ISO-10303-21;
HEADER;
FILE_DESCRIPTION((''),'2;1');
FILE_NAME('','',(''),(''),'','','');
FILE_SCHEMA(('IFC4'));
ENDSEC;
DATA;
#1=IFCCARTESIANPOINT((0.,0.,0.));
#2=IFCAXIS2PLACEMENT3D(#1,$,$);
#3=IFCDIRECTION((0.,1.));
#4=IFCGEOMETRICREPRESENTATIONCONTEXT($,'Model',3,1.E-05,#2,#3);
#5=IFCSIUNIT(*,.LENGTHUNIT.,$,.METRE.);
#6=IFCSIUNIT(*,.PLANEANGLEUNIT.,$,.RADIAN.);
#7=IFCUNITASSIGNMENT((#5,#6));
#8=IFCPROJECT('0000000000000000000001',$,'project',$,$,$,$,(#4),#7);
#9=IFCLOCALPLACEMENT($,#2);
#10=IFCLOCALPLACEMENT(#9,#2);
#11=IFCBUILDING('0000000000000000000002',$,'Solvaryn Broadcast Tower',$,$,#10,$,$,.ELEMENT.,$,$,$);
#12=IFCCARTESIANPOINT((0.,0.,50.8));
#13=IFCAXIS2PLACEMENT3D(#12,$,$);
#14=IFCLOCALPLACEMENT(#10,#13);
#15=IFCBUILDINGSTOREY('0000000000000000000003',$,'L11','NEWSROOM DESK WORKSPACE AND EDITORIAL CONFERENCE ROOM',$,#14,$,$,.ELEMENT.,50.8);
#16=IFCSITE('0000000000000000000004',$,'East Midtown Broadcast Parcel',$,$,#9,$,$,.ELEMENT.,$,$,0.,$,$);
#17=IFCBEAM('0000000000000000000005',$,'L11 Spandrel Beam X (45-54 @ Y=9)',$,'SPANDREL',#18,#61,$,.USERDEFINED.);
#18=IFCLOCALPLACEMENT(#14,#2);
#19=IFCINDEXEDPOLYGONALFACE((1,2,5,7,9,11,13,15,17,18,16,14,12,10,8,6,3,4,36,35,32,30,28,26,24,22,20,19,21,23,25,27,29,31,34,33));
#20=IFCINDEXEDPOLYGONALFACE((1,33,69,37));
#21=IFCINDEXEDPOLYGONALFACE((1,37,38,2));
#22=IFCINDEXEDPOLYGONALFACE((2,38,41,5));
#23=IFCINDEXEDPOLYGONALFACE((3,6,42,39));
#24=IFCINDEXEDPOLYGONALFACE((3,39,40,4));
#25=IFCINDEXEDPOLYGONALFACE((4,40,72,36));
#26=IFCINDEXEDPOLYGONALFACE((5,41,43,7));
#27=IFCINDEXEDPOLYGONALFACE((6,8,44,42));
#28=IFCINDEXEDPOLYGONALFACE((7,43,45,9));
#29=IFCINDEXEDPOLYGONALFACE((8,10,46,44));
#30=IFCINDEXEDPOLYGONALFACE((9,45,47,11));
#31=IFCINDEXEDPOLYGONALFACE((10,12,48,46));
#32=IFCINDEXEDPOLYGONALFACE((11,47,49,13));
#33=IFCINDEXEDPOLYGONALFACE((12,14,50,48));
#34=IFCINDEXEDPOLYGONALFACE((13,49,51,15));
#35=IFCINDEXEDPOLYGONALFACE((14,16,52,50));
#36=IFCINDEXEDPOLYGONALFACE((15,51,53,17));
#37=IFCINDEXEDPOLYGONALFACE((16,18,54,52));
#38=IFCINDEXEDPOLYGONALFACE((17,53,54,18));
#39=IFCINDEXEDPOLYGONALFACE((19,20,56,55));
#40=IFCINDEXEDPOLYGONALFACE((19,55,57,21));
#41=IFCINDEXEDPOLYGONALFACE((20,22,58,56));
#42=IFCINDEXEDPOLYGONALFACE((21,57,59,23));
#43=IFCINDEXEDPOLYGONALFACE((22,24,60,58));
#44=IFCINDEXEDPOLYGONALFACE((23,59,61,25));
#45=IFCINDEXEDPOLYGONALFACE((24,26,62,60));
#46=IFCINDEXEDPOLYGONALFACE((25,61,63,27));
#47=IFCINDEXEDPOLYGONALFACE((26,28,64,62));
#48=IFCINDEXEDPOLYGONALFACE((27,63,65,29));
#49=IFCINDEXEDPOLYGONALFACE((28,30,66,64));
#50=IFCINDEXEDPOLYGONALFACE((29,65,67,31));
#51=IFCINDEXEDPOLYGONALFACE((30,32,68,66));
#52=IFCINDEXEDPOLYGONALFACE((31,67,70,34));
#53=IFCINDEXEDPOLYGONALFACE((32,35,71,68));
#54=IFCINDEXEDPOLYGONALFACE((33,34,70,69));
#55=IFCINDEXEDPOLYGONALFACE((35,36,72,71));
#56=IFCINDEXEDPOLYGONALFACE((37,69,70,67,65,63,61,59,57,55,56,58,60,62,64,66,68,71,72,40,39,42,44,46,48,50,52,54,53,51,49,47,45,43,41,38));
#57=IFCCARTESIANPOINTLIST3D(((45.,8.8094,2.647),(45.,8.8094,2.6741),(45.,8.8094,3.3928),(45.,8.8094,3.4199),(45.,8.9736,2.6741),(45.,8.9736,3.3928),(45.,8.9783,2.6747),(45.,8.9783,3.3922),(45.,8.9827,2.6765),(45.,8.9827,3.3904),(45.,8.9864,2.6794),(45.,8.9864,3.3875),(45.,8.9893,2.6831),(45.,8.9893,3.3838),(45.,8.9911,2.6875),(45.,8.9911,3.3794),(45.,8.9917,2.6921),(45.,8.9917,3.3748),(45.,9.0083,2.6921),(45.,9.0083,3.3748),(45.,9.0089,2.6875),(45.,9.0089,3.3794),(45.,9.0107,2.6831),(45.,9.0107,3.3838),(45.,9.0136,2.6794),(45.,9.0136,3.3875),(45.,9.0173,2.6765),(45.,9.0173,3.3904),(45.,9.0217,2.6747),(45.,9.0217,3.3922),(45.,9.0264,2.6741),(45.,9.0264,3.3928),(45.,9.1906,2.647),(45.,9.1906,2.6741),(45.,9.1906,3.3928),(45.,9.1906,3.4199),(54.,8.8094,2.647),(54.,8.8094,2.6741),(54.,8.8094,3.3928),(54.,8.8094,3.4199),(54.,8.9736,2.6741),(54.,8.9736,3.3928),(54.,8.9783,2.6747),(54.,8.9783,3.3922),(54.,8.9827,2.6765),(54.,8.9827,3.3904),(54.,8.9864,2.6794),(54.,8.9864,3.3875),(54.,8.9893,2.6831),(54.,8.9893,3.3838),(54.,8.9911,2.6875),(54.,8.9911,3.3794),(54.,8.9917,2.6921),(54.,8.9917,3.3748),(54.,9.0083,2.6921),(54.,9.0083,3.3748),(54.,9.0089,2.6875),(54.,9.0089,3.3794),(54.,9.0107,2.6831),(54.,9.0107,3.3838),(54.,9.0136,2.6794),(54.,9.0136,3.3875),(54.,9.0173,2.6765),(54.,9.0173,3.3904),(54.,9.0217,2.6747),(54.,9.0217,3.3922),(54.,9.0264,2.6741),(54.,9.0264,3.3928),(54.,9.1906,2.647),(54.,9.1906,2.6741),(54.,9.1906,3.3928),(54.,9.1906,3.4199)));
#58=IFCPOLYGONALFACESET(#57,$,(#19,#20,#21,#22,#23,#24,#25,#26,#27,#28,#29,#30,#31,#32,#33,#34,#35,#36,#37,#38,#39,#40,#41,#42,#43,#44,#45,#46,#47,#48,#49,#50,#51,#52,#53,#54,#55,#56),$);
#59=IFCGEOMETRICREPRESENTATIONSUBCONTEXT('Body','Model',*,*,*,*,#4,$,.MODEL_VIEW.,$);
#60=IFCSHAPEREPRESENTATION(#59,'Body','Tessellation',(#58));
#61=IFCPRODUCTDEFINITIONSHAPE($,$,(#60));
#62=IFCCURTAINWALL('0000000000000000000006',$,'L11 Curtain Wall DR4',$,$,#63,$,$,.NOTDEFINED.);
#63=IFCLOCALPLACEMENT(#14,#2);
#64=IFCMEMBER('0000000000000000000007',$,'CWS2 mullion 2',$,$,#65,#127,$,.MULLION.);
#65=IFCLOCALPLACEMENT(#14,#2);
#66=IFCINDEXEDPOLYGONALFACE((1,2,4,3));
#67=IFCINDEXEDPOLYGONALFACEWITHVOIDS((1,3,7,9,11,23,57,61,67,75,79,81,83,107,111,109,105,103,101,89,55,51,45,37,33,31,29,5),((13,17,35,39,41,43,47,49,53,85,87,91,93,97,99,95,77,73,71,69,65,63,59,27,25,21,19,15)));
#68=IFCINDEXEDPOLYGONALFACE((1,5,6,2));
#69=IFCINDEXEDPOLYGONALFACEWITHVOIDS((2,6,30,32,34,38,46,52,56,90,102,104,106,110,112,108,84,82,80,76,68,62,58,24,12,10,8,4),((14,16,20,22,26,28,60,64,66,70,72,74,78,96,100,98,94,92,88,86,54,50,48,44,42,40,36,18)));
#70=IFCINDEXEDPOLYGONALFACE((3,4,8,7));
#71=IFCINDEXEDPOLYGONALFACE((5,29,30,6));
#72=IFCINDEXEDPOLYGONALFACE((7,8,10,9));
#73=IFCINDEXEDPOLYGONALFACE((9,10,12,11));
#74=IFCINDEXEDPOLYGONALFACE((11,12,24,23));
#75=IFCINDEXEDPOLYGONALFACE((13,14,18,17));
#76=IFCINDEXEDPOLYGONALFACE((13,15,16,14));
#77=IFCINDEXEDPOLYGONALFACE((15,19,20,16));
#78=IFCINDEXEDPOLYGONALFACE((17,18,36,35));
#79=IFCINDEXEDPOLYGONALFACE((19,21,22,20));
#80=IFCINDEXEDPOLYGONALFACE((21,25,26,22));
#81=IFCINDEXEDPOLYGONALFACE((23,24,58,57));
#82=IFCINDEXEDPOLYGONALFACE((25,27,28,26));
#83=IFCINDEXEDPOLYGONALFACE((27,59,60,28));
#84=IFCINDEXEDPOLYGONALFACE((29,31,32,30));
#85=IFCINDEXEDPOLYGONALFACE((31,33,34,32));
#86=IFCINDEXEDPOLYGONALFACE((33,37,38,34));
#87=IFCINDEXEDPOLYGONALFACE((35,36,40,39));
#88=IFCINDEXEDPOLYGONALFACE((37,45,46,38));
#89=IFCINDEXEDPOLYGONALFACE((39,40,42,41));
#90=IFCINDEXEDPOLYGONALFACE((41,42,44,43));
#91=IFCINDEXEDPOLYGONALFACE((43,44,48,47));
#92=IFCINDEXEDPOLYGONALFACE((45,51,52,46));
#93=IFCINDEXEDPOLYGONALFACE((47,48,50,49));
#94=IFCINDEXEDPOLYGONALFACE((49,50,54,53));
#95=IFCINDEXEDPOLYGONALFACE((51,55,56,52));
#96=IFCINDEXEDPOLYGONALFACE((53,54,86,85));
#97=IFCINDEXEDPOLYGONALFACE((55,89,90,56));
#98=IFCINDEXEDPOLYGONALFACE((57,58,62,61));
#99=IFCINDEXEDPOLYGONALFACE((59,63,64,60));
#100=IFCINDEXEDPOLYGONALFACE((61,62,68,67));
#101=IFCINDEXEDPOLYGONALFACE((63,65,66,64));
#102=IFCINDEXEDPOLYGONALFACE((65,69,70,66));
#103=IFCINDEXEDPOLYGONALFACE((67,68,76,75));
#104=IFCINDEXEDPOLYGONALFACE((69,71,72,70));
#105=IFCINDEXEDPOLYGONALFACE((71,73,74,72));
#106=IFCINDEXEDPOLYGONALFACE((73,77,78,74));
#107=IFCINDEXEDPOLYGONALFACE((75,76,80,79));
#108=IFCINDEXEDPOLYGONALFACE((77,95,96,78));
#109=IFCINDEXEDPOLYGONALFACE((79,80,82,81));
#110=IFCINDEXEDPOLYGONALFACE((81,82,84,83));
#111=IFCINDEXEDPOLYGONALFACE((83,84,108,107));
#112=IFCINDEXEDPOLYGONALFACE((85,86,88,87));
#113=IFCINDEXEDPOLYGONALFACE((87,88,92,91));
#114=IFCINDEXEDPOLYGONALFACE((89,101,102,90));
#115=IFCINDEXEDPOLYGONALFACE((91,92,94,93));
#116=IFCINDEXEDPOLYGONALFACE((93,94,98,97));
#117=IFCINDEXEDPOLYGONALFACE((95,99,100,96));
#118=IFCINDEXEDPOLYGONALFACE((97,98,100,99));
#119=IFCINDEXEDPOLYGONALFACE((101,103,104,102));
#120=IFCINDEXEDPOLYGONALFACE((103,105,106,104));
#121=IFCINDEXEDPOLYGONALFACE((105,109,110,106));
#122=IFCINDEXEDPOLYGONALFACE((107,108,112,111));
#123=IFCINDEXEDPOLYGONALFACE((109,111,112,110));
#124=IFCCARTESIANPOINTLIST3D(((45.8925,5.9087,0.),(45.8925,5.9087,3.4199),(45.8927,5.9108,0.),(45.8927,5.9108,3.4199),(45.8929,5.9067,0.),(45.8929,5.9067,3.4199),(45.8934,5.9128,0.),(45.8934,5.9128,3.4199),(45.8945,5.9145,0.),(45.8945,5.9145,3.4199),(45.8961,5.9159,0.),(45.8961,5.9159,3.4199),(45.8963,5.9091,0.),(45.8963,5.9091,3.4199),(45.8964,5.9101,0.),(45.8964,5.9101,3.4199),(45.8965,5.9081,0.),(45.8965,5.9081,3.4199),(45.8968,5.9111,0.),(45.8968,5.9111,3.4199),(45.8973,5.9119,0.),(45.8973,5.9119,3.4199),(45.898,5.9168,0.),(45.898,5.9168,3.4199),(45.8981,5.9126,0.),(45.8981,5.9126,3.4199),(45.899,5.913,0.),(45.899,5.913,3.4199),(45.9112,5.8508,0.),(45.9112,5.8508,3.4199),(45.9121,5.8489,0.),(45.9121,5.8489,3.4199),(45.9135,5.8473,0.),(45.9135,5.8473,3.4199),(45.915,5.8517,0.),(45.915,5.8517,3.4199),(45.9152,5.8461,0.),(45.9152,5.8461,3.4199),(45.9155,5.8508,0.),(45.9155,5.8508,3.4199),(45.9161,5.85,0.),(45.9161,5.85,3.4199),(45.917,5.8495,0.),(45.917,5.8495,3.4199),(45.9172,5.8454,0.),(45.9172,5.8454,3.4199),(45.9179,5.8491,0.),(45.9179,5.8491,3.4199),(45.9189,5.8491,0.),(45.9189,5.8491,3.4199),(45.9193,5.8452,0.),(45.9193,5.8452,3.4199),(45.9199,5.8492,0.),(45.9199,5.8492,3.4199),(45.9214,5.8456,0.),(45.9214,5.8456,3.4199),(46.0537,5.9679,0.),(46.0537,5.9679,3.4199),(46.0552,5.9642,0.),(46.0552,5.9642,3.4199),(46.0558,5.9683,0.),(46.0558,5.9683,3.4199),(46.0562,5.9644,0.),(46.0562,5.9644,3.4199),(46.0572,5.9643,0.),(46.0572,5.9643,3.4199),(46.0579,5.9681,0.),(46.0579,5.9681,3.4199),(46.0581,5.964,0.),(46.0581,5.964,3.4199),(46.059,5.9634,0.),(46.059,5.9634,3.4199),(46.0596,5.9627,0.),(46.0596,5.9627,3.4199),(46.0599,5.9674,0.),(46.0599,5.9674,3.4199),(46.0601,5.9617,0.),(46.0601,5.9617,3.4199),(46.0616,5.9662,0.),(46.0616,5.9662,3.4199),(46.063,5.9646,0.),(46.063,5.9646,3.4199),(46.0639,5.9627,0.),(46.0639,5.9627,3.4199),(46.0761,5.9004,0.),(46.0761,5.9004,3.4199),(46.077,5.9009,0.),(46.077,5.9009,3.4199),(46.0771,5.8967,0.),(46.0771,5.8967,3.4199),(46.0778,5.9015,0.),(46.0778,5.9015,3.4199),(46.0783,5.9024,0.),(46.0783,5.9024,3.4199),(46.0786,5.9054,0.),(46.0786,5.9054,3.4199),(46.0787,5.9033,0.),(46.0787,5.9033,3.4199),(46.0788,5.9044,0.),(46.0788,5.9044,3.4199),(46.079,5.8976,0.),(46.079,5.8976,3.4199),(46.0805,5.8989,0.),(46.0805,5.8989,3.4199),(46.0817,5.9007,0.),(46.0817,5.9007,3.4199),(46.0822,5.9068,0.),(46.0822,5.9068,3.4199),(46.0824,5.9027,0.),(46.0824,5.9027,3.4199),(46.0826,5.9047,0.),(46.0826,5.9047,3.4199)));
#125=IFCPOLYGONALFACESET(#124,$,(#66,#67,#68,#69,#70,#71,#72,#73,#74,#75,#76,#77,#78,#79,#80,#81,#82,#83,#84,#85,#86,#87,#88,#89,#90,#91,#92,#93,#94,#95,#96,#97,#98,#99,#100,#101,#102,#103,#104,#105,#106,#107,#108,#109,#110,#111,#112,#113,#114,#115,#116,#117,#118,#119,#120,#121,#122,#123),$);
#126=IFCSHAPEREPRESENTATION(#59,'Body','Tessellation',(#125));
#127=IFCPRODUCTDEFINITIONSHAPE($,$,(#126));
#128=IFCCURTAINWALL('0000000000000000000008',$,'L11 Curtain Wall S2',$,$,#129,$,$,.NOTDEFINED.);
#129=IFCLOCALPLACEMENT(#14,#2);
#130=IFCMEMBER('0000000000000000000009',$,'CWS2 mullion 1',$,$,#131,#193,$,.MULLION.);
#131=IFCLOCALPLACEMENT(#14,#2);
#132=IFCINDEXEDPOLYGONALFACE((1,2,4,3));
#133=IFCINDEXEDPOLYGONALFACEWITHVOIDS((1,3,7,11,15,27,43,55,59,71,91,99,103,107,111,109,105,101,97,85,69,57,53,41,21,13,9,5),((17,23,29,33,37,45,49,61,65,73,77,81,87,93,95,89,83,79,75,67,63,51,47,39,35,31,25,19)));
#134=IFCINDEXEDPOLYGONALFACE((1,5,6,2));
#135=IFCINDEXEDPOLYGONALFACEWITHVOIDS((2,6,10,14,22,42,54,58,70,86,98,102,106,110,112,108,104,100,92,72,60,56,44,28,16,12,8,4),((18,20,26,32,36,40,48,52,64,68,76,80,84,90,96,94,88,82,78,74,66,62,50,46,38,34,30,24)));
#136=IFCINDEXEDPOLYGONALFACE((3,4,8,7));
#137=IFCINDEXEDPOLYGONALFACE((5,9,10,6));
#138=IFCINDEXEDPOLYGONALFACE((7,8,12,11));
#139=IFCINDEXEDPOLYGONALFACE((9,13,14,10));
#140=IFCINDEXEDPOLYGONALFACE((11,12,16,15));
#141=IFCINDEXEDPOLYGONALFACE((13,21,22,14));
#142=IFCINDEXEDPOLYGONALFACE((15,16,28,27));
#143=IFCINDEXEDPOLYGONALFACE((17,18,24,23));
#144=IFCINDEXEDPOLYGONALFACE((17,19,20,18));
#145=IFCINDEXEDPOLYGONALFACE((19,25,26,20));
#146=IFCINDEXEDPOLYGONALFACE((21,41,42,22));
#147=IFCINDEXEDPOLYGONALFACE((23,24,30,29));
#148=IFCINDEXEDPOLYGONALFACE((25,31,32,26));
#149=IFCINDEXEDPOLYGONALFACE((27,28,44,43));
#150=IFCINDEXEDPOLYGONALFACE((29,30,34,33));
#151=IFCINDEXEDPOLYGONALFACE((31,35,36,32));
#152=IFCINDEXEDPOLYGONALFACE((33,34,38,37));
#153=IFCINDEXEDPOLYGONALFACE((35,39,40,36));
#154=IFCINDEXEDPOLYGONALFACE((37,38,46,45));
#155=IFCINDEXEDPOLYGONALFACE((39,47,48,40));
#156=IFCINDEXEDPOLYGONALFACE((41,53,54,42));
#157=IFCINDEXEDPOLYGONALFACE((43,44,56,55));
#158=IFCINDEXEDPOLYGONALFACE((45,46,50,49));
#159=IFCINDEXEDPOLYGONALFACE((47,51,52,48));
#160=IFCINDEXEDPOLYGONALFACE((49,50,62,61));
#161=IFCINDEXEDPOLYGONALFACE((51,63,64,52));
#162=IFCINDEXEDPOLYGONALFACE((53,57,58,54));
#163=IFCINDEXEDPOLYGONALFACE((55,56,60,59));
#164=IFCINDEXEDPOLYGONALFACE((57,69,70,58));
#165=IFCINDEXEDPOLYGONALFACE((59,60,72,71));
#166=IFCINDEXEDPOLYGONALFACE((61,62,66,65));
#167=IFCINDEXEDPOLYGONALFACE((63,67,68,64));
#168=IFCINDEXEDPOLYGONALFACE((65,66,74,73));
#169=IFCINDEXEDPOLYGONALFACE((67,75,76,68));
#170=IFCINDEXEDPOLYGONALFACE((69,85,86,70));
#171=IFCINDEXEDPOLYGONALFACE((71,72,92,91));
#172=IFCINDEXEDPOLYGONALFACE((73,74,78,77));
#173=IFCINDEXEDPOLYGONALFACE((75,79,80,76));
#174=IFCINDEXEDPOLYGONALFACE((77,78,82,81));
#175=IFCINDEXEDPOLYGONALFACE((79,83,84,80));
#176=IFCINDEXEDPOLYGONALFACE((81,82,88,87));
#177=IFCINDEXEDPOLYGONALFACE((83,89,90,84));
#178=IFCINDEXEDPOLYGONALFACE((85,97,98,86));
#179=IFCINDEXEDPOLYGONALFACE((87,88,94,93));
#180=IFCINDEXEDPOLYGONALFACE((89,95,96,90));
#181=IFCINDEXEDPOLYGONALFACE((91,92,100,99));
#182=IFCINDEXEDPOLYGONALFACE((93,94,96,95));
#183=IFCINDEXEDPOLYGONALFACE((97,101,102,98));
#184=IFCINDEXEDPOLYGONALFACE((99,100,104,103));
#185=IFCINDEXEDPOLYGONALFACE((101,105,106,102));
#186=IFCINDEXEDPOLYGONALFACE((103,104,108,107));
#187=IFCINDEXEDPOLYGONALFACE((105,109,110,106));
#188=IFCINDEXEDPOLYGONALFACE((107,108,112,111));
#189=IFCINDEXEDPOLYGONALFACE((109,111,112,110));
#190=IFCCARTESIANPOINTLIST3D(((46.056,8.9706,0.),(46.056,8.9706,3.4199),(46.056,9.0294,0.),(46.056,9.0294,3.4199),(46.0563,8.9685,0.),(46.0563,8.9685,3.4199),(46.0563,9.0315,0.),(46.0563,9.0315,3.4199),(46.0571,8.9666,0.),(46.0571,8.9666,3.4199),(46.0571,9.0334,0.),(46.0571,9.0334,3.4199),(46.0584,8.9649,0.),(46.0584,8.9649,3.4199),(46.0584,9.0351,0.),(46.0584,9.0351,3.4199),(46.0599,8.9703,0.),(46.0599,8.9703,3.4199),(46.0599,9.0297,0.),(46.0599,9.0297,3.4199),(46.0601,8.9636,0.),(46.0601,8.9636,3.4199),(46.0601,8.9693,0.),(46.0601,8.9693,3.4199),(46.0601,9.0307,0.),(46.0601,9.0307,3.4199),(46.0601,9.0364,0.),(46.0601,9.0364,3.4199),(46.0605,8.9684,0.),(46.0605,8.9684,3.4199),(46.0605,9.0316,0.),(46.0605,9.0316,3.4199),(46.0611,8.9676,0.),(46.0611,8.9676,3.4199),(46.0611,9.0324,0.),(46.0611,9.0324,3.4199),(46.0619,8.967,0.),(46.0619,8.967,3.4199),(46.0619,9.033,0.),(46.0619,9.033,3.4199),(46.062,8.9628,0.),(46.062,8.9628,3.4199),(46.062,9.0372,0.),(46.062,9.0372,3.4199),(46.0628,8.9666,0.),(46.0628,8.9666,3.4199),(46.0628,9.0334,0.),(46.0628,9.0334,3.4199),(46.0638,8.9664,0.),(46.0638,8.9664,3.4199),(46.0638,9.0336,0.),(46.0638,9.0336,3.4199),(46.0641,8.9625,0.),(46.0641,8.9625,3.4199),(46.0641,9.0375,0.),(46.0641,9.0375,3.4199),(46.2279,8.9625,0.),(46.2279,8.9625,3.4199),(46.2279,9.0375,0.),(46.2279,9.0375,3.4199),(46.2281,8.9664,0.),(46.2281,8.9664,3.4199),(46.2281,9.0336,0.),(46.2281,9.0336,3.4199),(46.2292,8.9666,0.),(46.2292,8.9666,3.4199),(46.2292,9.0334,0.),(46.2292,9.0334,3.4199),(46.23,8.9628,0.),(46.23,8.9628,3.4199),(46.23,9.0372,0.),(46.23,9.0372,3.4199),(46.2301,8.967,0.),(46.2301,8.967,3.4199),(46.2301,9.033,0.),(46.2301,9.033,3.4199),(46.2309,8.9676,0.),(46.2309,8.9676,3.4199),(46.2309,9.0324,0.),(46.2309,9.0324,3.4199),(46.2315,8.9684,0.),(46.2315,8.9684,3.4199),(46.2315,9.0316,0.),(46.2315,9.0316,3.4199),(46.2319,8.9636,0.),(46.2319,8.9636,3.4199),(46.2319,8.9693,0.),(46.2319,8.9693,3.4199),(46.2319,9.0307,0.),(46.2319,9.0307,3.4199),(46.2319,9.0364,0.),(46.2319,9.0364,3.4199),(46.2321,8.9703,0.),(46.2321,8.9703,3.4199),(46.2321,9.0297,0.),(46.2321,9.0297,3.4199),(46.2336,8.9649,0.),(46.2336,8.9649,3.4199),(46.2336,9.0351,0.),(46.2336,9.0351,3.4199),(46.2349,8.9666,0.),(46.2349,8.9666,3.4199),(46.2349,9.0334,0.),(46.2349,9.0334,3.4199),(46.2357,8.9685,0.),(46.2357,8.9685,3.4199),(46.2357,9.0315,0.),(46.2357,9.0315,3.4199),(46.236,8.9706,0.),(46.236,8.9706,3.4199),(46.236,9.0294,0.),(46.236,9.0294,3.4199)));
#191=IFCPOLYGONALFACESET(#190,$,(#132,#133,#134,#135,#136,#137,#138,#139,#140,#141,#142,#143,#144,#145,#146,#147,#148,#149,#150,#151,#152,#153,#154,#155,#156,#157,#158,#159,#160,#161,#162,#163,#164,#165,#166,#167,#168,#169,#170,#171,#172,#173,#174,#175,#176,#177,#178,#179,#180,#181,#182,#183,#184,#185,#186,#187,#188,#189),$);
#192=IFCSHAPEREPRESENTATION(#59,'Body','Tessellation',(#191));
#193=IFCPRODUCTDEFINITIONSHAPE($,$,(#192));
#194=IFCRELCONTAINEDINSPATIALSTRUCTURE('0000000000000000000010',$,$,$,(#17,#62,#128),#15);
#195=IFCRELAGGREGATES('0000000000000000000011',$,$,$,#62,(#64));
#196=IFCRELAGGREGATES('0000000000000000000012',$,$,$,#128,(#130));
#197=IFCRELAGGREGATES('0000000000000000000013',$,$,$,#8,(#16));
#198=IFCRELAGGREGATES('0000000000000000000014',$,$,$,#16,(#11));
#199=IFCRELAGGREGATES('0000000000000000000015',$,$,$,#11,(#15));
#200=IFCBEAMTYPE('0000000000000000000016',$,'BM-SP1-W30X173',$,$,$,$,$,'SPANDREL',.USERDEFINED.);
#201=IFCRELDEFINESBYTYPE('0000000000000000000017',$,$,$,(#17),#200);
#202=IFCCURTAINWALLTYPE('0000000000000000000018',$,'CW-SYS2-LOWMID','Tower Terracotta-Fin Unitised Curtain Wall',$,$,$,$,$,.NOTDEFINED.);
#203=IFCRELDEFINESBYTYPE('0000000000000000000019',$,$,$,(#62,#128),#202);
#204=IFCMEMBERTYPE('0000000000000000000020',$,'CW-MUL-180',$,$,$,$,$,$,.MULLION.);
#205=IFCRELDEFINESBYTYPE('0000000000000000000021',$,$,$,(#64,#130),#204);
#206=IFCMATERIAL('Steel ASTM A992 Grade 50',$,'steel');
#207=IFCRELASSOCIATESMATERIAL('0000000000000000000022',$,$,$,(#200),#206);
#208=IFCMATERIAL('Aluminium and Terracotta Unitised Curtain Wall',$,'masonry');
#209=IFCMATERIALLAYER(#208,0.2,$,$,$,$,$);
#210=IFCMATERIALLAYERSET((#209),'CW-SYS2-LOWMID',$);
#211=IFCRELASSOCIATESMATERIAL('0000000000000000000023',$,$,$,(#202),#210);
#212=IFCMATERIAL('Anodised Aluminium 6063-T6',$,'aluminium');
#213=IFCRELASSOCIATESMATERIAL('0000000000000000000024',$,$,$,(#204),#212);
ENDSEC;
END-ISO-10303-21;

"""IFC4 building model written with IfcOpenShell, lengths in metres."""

from ifc_helpers import new_model, si_unit, direction, frame, origin, origin_2d, place, context, subcontext, project, spatial, hollow_rectangle, i_section, extrude, material, layer, layer_set, material_profile, profile_set, type_object, element, aggregate, save


model = new_model("IFC4")

# Units and contexts
model_context = context("Model", 3, precision=1e-05, world=origin(), true_north=direction((0.0, 1.0)))
body_context = subcontext(model_context, "Body", "Model", "MODEL_VIEW")
ifc_project = project(units=[si_unit("LENGTHUNIT", "METRE"), si_unit("PLANEANGLEUNIT", "RADIAN")], contexts=[model_context])

# Site, building, storey
site_placement = place(None, origin())
site = spatial("IfcSite", under=ifc_project, at=site_placement, Name="East Midtown Broadcast Parcel", CompositionType="ELEMENT", RefElevation=0.0)
building_placement = place(site_placement, origin())
building = spatial("IfcBuilding", under=site, at=building_placement, Name="Solvaryn Broadcast Tower", CompositionType="ELEMENT")
storey_placement = place(building_placement, frame((0.0, 0.0, 50.8)))
storey = spatial("IfcBuildingStorey", under=building, at=storey_placement, Name="L11", Description="NEWSROOM DESK WORKSPACE AND EDITORIAL CONFERENCE ROOM", CompositionType="ELEMENT", Elevation=50.8)

# Beam
ifc_material_1 = material(Name="Steel ASTM A992 Grade 50", Category="steel")
ifc_material_profile_1 = material_profile(ifc_material_1, i_section(OverallWidth=0.3811, OverallDepth=0.7729, WebThickness=0.0166, FlangeThickness=0.0271, FilletRadius=0.0181, at=origin_2d()))
ifc_profile_set_1 = profile_set([ifc_material_profile_1], Name="Steel ASTM A992 Grade 50")
beam_type_1 = type_object("IfcBeamType", Name="BM-SP1-W30X173", ElementType="SPANDREL", PredefinedType="USERDEFINED", material=ifc_profile_set_1)
beam_1_placement = place(storey_placement, frame((45.0, 9.0, 3.0334), z_axis=(1.0, 0.0, 0.0), x_axis=(0.0, 1.0, 0.0)))
element("IfcBeam", 1, at=beam_1_placement, inside=storey, type_object=beam_type_1, Name="L11 Spandrel Beam X (45-54 @ Y=9)", ObjectType="SPANDREL", PredefinedType="USERDEFINED", context=body_context, shape_type="SweptSolid", body=[
    extrude(i_section(OverallWidth=0.3811, OverallDepth=0.7729, WebThickness=0.0166, FlangeThickness=0.0271, FilletRadius=0.0181, at=origin_2d()), origin(), (0.0, 0.0, 1.0), 9.0),
])

# Curtain wall, member
ifc_material_2 = material(Name="Aluminium and Terracotta Unitised Curtain Wall", Category="masonry")
ifc_layer_1 = layer(ifc_material_2, 0.2)
ifc_layer_set_1 = layer_set([ifc_layer_1], Name="CW-SYS2-LOWMID")
curtain_wall_type = type_object("IfcCurtainWallType", Name="CW-SYS2-LOWMID", Description="Tower Terracotta-Fin Unitised Curtain Wall", PredefinedType="NOTDEFINED", material=ifc_layer_set_1)
curtain_wall_1_placement = place(storey_placement, origin())
curtain_wall_1 = element("IfcCurtainWall", 2, at=curtain_wall_1_placement, inside=storey, type_object=curtain_wall_type, Name="L11 Curtain Wall DR4", PredefinedType="NOTDEFINED")
ifc_material_3 = material(Name="Anodised Aluminium 6063-T6", Category="aluminium")
ifc_material_profile_2 = material_profile(ifc_material_3, hollow_rectangle(XDim=0.075, YDim=0.1799, WallThickness=0.0039, InnerFilletRadius=0.0039, OuterFilletRadius=0.0081, at=origin_2d()))
ifc_profile_set_2 = profile_set([ifc_material_profile_2], Name="Anodised Aluminium 6063-T6")
member_type_1 = type_object("IfcMemberType", Name="CW-MUL-180", PredefinedType="MULLION", material=ifc_profile_set_2)
member_1_placement = place(storey_placement, frame((45.9875, 5.9067, 0.0), z_axis=(0.0, 0.0, 1.0), x_axis=(-0.311594, 0.950215, 0.0)))
member_1 = element("IfcMember", 3, at=member_1_placement, type_object=member_type_1, Name="CWS2 mullion 2", PredefinedType="MULLION", context=body_context, shape_type="SweptSolid", body=[
    extrude(hollow_rectangle(XDim=0.075, YDim=0.1799, WallThickness=0.0039, InnerFilletRadius=0.0039, OuterFilletRadius=0.0081, at=origin_2d()), origin(), (0.0, 0.0, 1.0), 3.4199),
])
aggregate(curtain_wall_1, [member_1])

# Curtain wall, member
curtain_wall_2_placement = place(storey_placement, origin())
curtain_wall_2 = element("IfcCurtainWall", 4, at=curtain_wall_2_placement, inside=storey, type_object=curtain_wall_type, Name="L11 Curtain Wall S2", PredefinedType="NOTDEFINED")
member_2_placement = place(storey_placement, frame((46.146, 9.0, 0.0), z_axis=(0.0, 0.0, 1.0), x_axis=(0.0, 1.0, 0.0)))
member_2 = element("IfcMember", 5, at=member_2_placement, type_object=member_type_1, Name="CWS2 mullion 1", PredefinedType="MULLION", context=body_context, shape_type="SweptSolid", body=[
    extrude(hollow_rectangle(XDim=0.075, YDim=0.1799, WallThickness=0.0039, InnerFilletRadius=0.0039, OuterFilletRadius=0.0081, at=origin_2d()), origin(), (0.0, 0.0, 1.0), 3.4199),
])
aggregate(curtain_wall_2, [member_2])

save(model, "model.ifc")
